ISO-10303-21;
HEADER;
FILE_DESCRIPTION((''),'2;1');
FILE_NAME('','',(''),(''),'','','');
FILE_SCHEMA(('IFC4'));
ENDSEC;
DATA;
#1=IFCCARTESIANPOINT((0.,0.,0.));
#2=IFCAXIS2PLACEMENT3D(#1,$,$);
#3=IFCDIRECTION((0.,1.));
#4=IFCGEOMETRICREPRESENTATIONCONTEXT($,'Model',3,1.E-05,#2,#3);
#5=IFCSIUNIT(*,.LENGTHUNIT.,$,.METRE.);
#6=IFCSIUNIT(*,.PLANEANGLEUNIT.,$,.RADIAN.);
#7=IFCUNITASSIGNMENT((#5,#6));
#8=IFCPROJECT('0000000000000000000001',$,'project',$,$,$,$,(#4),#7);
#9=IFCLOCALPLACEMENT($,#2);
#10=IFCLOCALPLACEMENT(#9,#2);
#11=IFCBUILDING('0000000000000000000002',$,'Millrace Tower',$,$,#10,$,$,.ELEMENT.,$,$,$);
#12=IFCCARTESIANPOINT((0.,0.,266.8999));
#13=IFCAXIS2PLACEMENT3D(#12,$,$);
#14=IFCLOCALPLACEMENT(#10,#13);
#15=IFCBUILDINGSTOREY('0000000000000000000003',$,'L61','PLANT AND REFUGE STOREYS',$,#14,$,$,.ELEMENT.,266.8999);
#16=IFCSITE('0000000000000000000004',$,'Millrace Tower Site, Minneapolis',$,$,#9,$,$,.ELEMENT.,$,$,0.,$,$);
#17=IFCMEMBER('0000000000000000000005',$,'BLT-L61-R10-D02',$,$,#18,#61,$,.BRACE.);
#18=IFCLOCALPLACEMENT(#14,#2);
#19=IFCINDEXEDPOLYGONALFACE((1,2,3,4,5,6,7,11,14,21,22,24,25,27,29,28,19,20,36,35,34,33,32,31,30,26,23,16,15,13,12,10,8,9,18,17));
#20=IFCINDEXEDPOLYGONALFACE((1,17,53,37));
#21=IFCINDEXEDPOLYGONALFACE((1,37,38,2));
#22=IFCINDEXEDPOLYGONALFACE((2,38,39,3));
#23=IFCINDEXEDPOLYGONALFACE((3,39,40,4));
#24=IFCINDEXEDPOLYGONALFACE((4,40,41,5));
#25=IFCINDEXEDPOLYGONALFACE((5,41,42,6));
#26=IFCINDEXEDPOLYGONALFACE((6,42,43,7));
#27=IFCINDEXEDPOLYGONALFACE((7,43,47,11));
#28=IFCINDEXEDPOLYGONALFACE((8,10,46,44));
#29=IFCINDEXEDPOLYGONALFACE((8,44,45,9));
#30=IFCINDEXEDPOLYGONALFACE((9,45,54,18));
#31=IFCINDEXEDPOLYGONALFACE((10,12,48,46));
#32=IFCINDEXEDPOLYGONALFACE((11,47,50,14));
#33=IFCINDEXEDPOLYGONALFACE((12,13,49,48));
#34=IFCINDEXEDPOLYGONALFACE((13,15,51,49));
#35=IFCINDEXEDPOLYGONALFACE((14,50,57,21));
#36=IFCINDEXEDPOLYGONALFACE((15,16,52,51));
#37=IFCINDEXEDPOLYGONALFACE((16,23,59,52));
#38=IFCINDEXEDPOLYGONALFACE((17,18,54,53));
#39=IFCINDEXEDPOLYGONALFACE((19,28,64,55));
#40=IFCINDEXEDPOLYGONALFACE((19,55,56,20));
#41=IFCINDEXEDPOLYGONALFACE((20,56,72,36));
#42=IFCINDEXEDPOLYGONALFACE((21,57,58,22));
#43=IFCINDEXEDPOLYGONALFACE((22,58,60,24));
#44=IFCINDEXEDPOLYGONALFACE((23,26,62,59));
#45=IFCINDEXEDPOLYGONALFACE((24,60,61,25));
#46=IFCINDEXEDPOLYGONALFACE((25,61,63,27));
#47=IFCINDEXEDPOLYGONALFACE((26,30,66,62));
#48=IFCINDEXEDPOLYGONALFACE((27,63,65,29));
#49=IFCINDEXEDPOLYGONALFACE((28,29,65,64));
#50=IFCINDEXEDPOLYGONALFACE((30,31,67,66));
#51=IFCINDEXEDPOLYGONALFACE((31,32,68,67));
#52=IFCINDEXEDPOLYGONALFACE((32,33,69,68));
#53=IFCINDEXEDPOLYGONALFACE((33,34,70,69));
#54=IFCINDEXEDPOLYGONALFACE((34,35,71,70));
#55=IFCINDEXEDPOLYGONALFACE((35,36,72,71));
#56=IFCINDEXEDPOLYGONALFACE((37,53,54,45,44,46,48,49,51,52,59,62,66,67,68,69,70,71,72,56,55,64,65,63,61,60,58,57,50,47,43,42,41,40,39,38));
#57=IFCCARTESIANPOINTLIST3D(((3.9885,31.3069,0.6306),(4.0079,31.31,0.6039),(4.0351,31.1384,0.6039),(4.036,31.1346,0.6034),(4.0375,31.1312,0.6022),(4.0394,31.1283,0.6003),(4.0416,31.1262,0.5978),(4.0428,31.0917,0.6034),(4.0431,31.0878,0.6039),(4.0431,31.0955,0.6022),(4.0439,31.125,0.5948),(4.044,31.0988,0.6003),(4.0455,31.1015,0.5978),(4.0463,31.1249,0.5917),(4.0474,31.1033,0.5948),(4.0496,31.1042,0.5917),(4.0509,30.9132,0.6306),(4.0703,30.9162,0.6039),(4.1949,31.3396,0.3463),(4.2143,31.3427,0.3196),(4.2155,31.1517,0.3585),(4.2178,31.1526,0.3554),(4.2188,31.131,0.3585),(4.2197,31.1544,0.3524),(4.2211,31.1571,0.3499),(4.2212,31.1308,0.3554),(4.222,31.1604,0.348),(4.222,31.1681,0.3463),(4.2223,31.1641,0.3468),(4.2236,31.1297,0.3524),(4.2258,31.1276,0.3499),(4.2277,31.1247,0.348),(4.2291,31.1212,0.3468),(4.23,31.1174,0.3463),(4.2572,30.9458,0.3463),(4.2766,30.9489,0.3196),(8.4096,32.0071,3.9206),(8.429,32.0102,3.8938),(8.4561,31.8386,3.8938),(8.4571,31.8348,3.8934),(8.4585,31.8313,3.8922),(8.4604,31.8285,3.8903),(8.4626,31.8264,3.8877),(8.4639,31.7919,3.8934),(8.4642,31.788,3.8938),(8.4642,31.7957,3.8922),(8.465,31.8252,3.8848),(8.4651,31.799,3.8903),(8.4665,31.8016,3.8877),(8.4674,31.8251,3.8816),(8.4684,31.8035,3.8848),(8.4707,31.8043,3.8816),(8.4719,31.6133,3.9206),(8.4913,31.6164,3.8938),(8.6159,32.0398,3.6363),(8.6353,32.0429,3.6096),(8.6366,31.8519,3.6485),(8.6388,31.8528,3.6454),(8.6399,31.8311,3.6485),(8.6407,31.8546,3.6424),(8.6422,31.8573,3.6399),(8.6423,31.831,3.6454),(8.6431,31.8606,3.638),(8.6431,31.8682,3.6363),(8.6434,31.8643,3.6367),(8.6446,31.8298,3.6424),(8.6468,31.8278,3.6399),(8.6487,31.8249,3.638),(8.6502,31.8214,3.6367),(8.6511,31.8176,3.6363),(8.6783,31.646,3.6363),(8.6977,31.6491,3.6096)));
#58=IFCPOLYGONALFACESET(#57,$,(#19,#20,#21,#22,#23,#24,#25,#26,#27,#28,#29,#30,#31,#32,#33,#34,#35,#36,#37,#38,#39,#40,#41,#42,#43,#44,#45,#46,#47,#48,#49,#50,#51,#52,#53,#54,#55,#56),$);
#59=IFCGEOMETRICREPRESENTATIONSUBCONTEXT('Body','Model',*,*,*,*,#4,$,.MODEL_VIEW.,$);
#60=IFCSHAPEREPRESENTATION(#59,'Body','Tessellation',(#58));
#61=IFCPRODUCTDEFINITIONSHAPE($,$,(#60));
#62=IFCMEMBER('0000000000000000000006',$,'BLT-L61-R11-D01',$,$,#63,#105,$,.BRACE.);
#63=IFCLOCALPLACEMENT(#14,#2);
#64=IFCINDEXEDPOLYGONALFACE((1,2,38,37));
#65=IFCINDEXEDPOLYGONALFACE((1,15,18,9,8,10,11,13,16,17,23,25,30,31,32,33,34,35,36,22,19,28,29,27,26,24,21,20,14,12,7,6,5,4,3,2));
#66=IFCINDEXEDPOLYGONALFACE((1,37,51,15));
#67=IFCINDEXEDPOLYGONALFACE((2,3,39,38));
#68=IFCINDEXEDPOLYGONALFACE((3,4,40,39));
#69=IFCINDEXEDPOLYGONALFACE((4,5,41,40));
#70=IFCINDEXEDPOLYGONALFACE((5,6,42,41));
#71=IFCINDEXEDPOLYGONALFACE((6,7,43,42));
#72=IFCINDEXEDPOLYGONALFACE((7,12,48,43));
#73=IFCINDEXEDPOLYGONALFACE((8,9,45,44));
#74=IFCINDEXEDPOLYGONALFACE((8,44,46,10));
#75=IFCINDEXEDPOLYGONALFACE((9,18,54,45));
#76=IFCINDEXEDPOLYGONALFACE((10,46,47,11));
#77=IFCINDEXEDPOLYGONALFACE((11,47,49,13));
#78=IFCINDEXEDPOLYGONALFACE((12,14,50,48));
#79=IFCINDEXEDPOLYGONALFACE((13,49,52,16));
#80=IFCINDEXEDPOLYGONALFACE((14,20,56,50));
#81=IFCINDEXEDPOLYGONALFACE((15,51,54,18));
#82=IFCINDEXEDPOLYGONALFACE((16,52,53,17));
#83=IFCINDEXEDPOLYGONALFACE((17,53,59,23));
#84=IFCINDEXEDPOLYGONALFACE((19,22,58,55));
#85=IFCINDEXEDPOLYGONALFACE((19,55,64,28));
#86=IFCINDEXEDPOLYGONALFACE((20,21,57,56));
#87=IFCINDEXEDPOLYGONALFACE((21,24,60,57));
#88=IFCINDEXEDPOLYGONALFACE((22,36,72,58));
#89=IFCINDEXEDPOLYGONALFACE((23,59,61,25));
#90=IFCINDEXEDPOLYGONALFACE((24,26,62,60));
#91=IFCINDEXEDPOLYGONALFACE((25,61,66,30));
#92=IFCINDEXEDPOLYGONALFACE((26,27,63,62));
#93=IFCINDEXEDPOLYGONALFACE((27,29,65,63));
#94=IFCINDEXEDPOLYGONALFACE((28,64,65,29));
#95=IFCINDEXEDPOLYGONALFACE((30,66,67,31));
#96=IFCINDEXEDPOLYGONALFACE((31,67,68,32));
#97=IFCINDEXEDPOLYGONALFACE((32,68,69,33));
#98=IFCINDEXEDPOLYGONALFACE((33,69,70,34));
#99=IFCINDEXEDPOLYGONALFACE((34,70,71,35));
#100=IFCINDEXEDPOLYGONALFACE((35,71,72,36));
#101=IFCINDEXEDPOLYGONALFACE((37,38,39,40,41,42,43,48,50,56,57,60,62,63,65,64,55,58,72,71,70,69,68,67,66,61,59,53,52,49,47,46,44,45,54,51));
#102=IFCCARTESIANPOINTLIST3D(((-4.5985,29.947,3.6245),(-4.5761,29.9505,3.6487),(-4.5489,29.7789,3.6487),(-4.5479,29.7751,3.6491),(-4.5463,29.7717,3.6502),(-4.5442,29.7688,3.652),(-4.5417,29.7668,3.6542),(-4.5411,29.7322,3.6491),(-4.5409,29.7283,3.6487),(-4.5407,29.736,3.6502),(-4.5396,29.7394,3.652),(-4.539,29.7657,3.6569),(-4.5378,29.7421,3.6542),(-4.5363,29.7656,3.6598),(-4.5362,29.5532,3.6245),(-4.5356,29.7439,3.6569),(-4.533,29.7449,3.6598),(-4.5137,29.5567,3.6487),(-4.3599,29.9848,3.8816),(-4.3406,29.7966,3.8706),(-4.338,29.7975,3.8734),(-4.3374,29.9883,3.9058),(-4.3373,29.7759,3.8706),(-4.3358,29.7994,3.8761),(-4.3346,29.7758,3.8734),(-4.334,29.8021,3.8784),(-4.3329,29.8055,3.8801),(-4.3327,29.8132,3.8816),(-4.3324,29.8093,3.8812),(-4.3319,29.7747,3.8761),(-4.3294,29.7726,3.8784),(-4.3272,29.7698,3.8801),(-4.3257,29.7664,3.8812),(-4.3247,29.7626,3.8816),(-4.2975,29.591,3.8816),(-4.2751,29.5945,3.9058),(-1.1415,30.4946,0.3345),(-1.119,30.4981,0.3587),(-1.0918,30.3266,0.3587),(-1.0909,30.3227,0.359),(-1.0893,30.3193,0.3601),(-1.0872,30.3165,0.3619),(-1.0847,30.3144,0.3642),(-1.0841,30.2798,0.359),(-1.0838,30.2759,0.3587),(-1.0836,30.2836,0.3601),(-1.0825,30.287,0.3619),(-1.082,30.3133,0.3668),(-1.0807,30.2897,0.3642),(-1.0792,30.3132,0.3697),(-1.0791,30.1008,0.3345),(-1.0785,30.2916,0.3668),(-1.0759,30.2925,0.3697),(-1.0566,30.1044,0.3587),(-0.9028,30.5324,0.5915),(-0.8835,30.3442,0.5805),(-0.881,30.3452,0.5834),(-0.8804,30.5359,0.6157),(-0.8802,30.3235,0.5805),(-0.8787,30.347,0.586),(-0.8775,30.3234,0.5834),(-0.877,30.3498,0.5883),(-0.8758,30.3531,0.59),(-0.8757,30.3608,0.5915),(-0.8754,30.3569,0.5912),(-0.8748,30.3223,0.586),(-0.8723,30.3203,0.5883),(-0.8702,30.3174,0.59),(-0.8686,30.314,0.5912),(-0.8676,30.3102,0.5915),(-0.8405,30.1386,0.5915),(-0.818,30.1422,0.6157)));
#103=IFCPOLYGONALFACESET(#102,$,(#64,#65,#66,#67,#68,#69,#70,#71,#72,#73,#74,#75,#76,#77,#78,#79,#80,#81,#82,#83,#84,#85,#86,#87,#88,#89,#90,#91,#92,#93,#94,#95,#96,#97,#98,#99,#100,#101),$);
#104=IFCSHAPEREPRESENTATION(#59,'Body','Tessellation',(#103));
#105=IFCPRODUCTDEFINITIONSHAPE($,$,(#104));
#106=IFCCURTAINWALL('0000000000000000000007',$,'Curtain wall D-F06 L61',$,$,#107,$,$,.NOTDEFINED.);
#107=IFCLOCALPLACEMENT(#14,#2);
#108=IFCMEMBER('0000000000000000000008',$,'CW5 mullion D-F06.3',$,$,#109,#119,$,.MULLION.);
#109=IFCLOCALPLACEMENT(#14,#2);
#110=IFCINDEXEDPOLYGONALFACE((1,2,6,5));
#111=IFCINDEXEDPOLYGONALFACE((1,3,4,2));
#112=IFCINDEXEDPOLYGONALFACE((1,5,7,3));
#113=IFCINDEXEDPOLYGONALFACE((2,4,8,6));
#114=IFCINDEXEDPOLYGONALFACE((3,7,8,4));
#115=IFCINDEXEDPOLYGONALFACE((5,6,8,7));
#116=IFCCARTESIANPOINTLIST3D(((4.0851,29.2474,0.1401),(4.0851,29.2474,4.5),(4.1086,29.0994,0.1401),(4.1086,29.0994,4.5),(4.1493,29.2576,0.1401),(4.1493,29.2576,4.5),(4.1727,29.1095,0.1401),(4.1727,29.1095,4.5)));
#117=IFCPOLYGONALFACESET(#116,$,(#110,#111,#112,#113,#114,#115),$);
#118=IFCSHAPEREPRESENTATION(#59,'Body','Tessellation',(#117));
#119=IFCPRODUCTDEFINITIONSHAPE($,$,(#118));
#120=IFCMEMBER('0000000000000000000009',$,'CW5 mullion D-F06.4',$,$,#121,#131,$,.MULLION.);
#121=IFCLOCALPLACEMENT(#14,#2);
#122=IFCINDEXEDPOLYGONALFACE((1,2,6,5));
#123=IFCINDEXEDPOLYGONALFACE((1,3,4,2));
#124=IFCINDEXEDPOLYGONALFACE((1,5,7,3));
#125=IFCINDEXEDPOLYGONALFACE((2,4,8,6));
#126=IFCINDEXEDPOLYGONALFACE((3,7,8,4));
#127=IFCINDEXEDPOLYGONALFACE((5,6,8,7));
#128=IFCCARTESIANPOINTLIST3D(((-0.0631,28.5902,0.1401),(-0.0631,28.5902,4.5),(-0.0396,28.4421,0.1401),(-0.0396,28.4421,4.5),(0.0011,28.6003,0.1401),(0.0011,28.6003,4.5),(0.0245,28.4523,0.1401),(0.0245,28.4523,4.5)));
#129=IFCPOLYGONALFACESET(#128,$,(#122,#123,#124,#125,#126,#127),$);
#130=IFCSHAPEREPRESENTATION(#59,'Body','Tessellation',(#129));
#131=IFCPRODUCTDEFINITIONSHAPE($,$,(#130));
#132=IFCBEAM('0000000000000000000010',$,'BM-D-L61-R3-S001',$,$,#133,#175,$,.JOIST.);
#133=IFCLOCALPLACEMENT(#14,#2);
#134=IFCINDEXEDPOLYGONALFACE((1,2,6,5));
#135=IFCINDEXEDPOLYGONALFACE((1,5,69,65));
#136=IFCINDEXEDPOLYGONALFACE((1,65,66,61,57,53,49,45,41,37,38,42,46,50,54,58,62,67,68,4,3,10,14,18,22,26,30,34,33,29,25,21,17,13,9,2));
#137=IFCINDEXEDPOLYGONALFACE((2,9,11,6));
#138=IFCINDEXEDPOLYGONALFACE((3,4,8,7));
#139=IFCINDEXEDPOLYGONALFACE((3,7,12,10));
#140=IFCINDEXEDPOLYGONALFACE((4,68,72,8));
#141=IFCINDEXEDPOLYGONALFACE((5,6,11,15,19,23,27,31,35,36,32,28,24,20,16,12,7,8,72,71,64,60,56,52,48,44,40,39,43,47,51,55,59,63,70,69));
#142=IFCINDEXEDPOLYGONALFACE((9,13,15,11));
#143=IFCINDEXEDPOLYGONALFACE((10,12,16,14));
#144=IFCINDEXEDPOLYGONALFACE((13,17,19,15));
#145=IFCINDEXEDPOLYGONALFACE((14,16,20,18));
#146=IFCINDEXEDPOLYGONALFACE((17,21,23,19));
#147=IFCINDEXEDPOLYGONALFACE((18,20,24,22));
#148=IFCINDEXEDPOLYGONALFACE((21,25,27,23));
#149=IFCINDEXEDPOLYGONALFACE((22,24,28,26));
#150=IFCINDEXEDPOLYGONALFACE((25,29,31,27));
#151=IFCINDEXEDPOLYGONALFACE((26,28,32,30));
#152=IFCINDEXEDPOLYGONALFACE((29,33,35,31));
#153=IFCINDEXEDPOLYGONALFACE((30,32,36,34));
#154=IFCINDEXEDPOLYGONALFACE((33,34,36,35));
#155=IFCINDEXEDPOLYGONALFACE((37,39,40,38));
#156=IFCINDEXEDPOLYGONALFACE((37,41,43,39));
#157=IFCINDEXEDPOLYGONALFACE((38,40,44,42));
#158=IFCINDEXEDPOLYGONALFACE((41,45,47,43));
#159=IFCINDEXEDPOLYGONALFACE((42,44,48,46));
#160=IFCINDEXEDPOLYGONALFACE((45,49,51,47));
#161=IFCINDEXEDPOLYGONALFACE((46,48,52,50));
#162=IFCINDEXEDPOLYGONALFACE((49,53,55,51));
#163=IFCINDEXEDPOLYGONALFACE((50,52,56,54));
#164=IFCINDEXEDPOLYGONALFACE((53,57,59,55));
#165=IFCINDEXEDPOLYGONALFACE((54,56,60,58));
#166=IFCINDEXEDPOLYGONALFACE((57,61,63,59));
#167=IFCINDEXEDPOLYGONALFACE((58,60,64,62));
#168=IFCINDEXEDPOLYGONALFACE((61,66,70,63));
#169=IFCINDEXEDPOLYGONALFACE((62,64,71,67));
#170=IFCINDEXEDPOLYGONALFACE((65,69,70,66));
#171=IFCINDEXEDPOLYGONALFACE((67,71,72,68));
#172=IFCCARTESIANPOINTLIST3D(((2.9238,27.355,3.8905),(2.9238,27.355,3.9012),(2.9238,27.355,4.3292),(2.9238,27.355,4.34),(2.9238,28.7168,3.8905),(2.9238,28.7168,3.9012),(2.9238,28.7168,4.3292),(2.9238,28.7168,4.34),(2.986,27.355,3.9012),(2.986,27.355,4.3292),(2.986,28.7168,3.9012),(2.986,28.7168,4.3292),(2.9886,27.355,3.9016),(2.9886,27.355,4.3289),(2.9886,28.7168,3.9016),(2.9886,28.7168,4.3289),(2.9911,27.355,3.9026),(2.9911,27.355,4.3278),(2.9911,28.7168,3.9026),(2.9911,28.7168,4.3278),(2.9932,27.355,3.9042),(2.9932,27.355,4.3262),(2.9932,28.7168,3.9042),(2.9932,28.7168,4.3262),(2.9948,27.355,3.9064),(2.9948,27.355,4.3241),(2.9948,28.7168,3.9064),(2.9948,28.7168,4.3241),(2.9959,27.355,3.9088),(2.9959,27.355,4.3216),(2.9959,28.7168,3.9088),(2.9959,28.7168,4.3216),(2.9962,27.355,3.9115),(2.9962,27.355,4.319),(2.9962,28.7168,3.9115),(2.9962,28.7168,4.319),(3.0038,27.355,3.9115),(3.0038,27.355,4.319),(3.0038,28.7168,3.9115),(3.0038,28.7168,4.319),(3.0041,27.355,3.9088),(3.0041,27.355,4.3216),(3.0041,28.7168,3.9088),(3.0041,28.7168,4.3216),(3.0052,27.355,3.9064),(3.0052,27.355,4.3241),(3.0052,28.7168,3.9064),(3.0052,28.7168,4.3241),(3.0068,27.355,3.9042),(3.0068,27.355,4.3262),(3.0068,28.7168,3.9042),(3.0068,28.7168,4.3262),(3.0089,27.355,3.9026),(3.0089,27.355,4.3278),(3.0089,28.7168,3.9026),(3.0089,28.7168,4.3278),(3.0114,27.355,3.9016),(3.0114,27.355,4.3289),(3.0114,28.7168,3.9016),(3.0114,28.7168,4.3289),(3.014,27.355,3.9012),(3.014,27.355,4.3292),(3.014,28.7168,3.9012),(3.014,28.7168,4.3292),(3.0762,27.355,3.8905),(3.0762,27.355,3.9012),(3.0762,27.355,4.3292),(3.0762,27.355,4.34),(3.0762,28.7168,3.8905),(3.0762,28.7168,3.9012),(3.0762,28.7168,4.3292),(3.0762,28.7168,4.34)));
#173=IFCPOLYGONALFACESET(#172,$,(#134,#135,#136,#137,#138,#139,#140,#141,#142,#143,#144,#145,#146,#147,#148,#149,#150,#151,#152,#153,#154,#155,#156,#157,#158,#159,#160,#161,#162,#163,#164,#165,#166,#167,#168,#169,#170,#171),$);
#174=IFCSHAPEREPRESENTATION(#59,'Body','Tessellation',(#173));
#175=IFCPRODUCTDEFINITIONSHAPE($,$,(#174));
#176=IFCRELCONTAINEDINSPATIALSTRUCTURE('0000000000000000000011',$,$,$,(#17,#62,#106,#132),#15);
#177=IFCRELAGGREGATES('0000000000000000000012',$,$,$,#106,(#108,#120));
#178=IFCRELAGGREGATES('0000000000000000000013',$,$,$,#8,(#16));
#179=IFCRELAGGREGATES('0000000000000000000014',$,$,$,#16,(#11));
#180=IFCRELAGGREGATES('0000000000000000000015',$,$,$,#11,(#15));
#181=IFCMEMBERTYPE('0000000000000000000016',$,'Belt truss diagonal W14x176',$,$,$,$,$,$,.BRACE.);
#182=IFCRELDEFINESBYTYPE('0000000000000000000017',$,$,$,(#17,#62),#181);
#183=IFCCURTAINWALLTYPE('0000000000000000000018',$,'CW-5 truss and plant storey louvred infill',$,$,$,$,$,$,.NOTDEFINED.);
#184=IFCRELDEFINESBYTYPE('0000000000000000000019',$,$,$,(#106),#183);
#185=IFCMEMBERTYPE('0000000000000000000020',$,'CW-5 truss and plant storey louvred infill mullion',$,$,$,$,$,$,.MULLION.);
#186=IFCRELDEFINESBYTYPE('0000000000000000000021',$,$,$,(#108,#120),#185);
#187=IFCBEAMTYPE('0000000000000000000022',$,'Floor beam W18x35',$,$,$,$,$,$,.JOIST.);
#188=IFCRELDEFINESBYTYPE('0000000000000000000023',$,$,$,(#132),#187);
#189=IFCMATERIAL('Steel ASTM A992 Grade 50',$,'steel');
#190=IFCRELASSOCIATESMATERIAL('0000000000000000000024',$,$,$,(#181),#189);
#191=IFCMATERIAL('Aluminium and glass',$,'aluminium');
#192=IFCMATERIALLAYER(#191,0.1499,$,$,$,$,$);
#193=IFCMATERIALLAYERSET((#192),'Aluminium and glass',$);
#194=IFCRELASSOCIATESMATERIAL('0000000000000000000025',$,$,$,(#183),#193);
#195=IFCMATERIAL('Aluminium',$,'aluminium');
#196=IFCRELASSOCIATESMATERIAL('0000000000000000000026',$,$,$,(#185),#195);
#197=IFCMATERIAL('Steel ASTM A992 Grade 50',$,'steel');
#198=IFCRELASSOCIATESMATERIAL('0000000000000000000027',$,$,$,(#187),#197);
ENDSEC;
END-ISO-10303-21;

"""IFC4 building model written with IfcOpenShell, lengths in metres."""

from ifc_helpers import new_model, si_unit, direction, frame, origin, origin_2d, place, context, subcontext, project, spatial, rectangle, i_section, extrude, material, layer, layer_set, material_profile, profile_set, type_object, element, aggregate, save


model = new_model("IFC4")

# Units and contexts
model_context = context("Model", 3, precision=1e-05, world=origin(), true_north=direction((0.0, 1.0)))
body_context = subcontext(model_context, "Body", "Model", "MODEL_VIEW")
ifc_project = project(units=[si_unit("LENGTHUNIT", "METRE"), si_unit("PLANEANGLEUNIT", "RADIAN")], contexts=[model_context])

# Site, building, storey
site_placement = place(None, origin())
site = spatial("IfcSite", under=ifc_project, at=site_placement, Name="Millrace Tower Site, Minneapolis", CompositionType="ELEMENT", RefElevation=0.0)
building_placement = place(site_placement, origin())
building = spatial("IfcBuilding", under=site, at=building_placement, Name="Millrace Tower", CompositionType="ELEMENT")
storey_placement = place(building_placement, frame((0.0, 0.0, 266.8999)))
storey = spatial("IfcBuildingStorey", under=building, at=storey_placement, Name="L61", Description="PLANT AND REFUGE STOREYS", CompositionType="ELEMENT", Elevation=266.8999)

# Members
ifc_material_1 = material(Name="Steel ASTM A992 Grade 50", Category="steel")
ifc_material_profile_1 = material_profile(ifc_material_1, i_section(OverallWidth=0.3987, OverallDepth=0.386, WebThickness=0.021, FlangeThickness=0.0332, FilletRadius=0.0151, at=origin_2d()))
ifc_profile_set_1 = profile_set([ifc_material_profile_1], Name="Steel ASTM A992 Grade 50")
member_type_1 = type_object("IfcMemberType", Name="Belt truss diagonal W14x176", PredefinedType="BRACE", material=ifc_profile_set_1)
member_1_placement = place(storey_placement, frame((4.1326, 31.1279, 0.4751), z_axis=(0.795845, 0.126041, 0.592236), x_axis=(-0.156425, 0.98769, 0.0)))
element("IfcMember", 1, at=member_1_placement, inside=storey, type_object=member_type_1, Name="BLT-L61-R10-D02", PredefinedType="BRACE", context=body_context, shape_type="SweptSolid", body=[
    extrude(i_section(OverallWidth=0.3987, OverallDepth=0.386, WebThickness=0.021, FlangeThickness=0.0332, FilletRadius=0.0151, at=origin_2d()), origin(), (0.0, 0.0, 1.0), 5.5552),
])
member_2_placement = place(storey_placement, frame((-0.9797, 30.3184, 0.4751), z_axis=(-0.719664, -0.113998, 0.6849), x_axis=(0.156453, -0.987685, 0.0)))
element("IfcMember", 2, at=member_2_placement, inside=storey, type_object=member_type_1, Name="BLT-L61-R11-D01", PredefinedType="BRACE", context=body_context, shape_type="SweptSolid", body=[
    extrude(i_section(OverallWidth=0.3987, OverallDepth=0.386, WebThickness=0.021, FlangeThickness=0.0332, FilletRadius=0.0151, at=origin_2d()), origin(), (0.0, 0.0, 1.0), 4.8037),
])

# Curtain wall, members
ifc_material_2 = material(Name="Aluminium and glass", Category="aluminium")
ifc_layer_1 = layer(ifc_material_2, 0.1499)
ifc_layer_set_1 = layer_set([ifc_layer_1], Name="Aluminium and glass")
curtain_wall_type = type_object("IfcCurtainWallType", Name="CW-5 truss and plant storey louvred infill", PredefinedType="NOTDEFINED", material=ifc_layer_set_1)
curtain_wall_placement = place(storey_placement, origin())
curtain_wall = element("IfcCurtainWall", 3, at=curtain_wall_placement, inside=storey, type_object=curtain_wall_type, Name="Curtain wall D-F06 L61", PredefinedType="NOTDEFINED")
ifc_material_3 = material(Name="Aluminium", Category="aluminium")
ifc_material_profile_2 = material_profile(ifc_material_3, rectangle(XDim=0.0649, YDim=0.1499, at=origin_2d()))
ifc_profile_set_2 = profile_set([ifc_material_profile_2], Name="Aluminium")
member_type_2 = type_object("IfcMemberType", Name="CW-5 truss and plant storey louvred infill mullion", PredefinedType="MULLION", material=ifc_profile_set_2)
member_3_placement = place(storey_placement, frame((4.1289, 29.1785, 0.1401), z_axis=(0.0, 0.0, 1.0), x_axis=(-0.987688, -0.156434, 0.0)))
member_3 = element("IfcMember", 4, at=member_3_placement, type_object=member_type_2, Name="CW5 mullion D-F06.3", PredefinedType="MULLION", context=body_context, shape_type="SweptSolid", body=[
    extrude(rectangle(XDim=0.0649, YDim=0.1499, at=origin_2d()), origin(), (0.0, 0.0, 1.0), 4.3599),
])
member_4_placement = place(storey_placement, frame((-0.0193, 28.5212, 0.1401), z_axis=(0.0, 0.0, 1.0), x_axis=(-0.987688, -0.156434, 0.0)))
member_4 = element("IfcMember", 5, at=member_4_placement, type_object=member_type_2, Name="CW5 mullion D-F06.4", PredefinedType="MULLION", context=body_context, shape_type="SweptSolid", body=[
    extrude(rectangle(XDim=0.0649, YDim=0.1499, at=origin_2d()), origin(), (0.0, 0.0, 1.0), 4.3599),
])
aggregate(curtain_wall, [member_3, member_4])

# Beam
ifc_material_4 = material(Name="Steel ASTM A992 Grade 50", Category="steel")
ifc_material_profile_3 = material_profile(ifc_material_4, i_section(OverallWidth=0.1523, OverallDepth=0.4495, WebThickness=0.0076, FlangeThickness=0.0107, FilletRadius=0.0103, at=origin_2d()))
ifc_profile_set_3 = profile_set([ifc_material_profile_3], Name="Steel ASTM A992 Grade 50")
beam_type_1 = type_object("IfcBeamType", Name="Floor beam W18x35", PredefinedType="JOIST", material=ifc_profile_set_3)
beam_1_placement = place(storey_placement, frame((3.0, 27.355, 4.1152), z_axis=(0.0, 1.0, 0.0), x_axis=(-1.0, 0.0, 0.0)))
element("IfcBeam", 6, at=beam_1_placement, inside=storey, type_object=beam_type_1, Name="BM-D-L61-R3-S001", PredefinedType="JOIST", context=body_context, shape_type="SweptSolid", body=[
    extrude(i_section(OverallWidth=0.1523, OverallDepth=0.4495, WebThickness=0.0076, FlangeThickness=0.0107, FilletRadius=0.0103, at=origin_2d()), origin(), (0.0, 0.0, 1.0), 1.3618),
])

save(model, "model.ifc")
